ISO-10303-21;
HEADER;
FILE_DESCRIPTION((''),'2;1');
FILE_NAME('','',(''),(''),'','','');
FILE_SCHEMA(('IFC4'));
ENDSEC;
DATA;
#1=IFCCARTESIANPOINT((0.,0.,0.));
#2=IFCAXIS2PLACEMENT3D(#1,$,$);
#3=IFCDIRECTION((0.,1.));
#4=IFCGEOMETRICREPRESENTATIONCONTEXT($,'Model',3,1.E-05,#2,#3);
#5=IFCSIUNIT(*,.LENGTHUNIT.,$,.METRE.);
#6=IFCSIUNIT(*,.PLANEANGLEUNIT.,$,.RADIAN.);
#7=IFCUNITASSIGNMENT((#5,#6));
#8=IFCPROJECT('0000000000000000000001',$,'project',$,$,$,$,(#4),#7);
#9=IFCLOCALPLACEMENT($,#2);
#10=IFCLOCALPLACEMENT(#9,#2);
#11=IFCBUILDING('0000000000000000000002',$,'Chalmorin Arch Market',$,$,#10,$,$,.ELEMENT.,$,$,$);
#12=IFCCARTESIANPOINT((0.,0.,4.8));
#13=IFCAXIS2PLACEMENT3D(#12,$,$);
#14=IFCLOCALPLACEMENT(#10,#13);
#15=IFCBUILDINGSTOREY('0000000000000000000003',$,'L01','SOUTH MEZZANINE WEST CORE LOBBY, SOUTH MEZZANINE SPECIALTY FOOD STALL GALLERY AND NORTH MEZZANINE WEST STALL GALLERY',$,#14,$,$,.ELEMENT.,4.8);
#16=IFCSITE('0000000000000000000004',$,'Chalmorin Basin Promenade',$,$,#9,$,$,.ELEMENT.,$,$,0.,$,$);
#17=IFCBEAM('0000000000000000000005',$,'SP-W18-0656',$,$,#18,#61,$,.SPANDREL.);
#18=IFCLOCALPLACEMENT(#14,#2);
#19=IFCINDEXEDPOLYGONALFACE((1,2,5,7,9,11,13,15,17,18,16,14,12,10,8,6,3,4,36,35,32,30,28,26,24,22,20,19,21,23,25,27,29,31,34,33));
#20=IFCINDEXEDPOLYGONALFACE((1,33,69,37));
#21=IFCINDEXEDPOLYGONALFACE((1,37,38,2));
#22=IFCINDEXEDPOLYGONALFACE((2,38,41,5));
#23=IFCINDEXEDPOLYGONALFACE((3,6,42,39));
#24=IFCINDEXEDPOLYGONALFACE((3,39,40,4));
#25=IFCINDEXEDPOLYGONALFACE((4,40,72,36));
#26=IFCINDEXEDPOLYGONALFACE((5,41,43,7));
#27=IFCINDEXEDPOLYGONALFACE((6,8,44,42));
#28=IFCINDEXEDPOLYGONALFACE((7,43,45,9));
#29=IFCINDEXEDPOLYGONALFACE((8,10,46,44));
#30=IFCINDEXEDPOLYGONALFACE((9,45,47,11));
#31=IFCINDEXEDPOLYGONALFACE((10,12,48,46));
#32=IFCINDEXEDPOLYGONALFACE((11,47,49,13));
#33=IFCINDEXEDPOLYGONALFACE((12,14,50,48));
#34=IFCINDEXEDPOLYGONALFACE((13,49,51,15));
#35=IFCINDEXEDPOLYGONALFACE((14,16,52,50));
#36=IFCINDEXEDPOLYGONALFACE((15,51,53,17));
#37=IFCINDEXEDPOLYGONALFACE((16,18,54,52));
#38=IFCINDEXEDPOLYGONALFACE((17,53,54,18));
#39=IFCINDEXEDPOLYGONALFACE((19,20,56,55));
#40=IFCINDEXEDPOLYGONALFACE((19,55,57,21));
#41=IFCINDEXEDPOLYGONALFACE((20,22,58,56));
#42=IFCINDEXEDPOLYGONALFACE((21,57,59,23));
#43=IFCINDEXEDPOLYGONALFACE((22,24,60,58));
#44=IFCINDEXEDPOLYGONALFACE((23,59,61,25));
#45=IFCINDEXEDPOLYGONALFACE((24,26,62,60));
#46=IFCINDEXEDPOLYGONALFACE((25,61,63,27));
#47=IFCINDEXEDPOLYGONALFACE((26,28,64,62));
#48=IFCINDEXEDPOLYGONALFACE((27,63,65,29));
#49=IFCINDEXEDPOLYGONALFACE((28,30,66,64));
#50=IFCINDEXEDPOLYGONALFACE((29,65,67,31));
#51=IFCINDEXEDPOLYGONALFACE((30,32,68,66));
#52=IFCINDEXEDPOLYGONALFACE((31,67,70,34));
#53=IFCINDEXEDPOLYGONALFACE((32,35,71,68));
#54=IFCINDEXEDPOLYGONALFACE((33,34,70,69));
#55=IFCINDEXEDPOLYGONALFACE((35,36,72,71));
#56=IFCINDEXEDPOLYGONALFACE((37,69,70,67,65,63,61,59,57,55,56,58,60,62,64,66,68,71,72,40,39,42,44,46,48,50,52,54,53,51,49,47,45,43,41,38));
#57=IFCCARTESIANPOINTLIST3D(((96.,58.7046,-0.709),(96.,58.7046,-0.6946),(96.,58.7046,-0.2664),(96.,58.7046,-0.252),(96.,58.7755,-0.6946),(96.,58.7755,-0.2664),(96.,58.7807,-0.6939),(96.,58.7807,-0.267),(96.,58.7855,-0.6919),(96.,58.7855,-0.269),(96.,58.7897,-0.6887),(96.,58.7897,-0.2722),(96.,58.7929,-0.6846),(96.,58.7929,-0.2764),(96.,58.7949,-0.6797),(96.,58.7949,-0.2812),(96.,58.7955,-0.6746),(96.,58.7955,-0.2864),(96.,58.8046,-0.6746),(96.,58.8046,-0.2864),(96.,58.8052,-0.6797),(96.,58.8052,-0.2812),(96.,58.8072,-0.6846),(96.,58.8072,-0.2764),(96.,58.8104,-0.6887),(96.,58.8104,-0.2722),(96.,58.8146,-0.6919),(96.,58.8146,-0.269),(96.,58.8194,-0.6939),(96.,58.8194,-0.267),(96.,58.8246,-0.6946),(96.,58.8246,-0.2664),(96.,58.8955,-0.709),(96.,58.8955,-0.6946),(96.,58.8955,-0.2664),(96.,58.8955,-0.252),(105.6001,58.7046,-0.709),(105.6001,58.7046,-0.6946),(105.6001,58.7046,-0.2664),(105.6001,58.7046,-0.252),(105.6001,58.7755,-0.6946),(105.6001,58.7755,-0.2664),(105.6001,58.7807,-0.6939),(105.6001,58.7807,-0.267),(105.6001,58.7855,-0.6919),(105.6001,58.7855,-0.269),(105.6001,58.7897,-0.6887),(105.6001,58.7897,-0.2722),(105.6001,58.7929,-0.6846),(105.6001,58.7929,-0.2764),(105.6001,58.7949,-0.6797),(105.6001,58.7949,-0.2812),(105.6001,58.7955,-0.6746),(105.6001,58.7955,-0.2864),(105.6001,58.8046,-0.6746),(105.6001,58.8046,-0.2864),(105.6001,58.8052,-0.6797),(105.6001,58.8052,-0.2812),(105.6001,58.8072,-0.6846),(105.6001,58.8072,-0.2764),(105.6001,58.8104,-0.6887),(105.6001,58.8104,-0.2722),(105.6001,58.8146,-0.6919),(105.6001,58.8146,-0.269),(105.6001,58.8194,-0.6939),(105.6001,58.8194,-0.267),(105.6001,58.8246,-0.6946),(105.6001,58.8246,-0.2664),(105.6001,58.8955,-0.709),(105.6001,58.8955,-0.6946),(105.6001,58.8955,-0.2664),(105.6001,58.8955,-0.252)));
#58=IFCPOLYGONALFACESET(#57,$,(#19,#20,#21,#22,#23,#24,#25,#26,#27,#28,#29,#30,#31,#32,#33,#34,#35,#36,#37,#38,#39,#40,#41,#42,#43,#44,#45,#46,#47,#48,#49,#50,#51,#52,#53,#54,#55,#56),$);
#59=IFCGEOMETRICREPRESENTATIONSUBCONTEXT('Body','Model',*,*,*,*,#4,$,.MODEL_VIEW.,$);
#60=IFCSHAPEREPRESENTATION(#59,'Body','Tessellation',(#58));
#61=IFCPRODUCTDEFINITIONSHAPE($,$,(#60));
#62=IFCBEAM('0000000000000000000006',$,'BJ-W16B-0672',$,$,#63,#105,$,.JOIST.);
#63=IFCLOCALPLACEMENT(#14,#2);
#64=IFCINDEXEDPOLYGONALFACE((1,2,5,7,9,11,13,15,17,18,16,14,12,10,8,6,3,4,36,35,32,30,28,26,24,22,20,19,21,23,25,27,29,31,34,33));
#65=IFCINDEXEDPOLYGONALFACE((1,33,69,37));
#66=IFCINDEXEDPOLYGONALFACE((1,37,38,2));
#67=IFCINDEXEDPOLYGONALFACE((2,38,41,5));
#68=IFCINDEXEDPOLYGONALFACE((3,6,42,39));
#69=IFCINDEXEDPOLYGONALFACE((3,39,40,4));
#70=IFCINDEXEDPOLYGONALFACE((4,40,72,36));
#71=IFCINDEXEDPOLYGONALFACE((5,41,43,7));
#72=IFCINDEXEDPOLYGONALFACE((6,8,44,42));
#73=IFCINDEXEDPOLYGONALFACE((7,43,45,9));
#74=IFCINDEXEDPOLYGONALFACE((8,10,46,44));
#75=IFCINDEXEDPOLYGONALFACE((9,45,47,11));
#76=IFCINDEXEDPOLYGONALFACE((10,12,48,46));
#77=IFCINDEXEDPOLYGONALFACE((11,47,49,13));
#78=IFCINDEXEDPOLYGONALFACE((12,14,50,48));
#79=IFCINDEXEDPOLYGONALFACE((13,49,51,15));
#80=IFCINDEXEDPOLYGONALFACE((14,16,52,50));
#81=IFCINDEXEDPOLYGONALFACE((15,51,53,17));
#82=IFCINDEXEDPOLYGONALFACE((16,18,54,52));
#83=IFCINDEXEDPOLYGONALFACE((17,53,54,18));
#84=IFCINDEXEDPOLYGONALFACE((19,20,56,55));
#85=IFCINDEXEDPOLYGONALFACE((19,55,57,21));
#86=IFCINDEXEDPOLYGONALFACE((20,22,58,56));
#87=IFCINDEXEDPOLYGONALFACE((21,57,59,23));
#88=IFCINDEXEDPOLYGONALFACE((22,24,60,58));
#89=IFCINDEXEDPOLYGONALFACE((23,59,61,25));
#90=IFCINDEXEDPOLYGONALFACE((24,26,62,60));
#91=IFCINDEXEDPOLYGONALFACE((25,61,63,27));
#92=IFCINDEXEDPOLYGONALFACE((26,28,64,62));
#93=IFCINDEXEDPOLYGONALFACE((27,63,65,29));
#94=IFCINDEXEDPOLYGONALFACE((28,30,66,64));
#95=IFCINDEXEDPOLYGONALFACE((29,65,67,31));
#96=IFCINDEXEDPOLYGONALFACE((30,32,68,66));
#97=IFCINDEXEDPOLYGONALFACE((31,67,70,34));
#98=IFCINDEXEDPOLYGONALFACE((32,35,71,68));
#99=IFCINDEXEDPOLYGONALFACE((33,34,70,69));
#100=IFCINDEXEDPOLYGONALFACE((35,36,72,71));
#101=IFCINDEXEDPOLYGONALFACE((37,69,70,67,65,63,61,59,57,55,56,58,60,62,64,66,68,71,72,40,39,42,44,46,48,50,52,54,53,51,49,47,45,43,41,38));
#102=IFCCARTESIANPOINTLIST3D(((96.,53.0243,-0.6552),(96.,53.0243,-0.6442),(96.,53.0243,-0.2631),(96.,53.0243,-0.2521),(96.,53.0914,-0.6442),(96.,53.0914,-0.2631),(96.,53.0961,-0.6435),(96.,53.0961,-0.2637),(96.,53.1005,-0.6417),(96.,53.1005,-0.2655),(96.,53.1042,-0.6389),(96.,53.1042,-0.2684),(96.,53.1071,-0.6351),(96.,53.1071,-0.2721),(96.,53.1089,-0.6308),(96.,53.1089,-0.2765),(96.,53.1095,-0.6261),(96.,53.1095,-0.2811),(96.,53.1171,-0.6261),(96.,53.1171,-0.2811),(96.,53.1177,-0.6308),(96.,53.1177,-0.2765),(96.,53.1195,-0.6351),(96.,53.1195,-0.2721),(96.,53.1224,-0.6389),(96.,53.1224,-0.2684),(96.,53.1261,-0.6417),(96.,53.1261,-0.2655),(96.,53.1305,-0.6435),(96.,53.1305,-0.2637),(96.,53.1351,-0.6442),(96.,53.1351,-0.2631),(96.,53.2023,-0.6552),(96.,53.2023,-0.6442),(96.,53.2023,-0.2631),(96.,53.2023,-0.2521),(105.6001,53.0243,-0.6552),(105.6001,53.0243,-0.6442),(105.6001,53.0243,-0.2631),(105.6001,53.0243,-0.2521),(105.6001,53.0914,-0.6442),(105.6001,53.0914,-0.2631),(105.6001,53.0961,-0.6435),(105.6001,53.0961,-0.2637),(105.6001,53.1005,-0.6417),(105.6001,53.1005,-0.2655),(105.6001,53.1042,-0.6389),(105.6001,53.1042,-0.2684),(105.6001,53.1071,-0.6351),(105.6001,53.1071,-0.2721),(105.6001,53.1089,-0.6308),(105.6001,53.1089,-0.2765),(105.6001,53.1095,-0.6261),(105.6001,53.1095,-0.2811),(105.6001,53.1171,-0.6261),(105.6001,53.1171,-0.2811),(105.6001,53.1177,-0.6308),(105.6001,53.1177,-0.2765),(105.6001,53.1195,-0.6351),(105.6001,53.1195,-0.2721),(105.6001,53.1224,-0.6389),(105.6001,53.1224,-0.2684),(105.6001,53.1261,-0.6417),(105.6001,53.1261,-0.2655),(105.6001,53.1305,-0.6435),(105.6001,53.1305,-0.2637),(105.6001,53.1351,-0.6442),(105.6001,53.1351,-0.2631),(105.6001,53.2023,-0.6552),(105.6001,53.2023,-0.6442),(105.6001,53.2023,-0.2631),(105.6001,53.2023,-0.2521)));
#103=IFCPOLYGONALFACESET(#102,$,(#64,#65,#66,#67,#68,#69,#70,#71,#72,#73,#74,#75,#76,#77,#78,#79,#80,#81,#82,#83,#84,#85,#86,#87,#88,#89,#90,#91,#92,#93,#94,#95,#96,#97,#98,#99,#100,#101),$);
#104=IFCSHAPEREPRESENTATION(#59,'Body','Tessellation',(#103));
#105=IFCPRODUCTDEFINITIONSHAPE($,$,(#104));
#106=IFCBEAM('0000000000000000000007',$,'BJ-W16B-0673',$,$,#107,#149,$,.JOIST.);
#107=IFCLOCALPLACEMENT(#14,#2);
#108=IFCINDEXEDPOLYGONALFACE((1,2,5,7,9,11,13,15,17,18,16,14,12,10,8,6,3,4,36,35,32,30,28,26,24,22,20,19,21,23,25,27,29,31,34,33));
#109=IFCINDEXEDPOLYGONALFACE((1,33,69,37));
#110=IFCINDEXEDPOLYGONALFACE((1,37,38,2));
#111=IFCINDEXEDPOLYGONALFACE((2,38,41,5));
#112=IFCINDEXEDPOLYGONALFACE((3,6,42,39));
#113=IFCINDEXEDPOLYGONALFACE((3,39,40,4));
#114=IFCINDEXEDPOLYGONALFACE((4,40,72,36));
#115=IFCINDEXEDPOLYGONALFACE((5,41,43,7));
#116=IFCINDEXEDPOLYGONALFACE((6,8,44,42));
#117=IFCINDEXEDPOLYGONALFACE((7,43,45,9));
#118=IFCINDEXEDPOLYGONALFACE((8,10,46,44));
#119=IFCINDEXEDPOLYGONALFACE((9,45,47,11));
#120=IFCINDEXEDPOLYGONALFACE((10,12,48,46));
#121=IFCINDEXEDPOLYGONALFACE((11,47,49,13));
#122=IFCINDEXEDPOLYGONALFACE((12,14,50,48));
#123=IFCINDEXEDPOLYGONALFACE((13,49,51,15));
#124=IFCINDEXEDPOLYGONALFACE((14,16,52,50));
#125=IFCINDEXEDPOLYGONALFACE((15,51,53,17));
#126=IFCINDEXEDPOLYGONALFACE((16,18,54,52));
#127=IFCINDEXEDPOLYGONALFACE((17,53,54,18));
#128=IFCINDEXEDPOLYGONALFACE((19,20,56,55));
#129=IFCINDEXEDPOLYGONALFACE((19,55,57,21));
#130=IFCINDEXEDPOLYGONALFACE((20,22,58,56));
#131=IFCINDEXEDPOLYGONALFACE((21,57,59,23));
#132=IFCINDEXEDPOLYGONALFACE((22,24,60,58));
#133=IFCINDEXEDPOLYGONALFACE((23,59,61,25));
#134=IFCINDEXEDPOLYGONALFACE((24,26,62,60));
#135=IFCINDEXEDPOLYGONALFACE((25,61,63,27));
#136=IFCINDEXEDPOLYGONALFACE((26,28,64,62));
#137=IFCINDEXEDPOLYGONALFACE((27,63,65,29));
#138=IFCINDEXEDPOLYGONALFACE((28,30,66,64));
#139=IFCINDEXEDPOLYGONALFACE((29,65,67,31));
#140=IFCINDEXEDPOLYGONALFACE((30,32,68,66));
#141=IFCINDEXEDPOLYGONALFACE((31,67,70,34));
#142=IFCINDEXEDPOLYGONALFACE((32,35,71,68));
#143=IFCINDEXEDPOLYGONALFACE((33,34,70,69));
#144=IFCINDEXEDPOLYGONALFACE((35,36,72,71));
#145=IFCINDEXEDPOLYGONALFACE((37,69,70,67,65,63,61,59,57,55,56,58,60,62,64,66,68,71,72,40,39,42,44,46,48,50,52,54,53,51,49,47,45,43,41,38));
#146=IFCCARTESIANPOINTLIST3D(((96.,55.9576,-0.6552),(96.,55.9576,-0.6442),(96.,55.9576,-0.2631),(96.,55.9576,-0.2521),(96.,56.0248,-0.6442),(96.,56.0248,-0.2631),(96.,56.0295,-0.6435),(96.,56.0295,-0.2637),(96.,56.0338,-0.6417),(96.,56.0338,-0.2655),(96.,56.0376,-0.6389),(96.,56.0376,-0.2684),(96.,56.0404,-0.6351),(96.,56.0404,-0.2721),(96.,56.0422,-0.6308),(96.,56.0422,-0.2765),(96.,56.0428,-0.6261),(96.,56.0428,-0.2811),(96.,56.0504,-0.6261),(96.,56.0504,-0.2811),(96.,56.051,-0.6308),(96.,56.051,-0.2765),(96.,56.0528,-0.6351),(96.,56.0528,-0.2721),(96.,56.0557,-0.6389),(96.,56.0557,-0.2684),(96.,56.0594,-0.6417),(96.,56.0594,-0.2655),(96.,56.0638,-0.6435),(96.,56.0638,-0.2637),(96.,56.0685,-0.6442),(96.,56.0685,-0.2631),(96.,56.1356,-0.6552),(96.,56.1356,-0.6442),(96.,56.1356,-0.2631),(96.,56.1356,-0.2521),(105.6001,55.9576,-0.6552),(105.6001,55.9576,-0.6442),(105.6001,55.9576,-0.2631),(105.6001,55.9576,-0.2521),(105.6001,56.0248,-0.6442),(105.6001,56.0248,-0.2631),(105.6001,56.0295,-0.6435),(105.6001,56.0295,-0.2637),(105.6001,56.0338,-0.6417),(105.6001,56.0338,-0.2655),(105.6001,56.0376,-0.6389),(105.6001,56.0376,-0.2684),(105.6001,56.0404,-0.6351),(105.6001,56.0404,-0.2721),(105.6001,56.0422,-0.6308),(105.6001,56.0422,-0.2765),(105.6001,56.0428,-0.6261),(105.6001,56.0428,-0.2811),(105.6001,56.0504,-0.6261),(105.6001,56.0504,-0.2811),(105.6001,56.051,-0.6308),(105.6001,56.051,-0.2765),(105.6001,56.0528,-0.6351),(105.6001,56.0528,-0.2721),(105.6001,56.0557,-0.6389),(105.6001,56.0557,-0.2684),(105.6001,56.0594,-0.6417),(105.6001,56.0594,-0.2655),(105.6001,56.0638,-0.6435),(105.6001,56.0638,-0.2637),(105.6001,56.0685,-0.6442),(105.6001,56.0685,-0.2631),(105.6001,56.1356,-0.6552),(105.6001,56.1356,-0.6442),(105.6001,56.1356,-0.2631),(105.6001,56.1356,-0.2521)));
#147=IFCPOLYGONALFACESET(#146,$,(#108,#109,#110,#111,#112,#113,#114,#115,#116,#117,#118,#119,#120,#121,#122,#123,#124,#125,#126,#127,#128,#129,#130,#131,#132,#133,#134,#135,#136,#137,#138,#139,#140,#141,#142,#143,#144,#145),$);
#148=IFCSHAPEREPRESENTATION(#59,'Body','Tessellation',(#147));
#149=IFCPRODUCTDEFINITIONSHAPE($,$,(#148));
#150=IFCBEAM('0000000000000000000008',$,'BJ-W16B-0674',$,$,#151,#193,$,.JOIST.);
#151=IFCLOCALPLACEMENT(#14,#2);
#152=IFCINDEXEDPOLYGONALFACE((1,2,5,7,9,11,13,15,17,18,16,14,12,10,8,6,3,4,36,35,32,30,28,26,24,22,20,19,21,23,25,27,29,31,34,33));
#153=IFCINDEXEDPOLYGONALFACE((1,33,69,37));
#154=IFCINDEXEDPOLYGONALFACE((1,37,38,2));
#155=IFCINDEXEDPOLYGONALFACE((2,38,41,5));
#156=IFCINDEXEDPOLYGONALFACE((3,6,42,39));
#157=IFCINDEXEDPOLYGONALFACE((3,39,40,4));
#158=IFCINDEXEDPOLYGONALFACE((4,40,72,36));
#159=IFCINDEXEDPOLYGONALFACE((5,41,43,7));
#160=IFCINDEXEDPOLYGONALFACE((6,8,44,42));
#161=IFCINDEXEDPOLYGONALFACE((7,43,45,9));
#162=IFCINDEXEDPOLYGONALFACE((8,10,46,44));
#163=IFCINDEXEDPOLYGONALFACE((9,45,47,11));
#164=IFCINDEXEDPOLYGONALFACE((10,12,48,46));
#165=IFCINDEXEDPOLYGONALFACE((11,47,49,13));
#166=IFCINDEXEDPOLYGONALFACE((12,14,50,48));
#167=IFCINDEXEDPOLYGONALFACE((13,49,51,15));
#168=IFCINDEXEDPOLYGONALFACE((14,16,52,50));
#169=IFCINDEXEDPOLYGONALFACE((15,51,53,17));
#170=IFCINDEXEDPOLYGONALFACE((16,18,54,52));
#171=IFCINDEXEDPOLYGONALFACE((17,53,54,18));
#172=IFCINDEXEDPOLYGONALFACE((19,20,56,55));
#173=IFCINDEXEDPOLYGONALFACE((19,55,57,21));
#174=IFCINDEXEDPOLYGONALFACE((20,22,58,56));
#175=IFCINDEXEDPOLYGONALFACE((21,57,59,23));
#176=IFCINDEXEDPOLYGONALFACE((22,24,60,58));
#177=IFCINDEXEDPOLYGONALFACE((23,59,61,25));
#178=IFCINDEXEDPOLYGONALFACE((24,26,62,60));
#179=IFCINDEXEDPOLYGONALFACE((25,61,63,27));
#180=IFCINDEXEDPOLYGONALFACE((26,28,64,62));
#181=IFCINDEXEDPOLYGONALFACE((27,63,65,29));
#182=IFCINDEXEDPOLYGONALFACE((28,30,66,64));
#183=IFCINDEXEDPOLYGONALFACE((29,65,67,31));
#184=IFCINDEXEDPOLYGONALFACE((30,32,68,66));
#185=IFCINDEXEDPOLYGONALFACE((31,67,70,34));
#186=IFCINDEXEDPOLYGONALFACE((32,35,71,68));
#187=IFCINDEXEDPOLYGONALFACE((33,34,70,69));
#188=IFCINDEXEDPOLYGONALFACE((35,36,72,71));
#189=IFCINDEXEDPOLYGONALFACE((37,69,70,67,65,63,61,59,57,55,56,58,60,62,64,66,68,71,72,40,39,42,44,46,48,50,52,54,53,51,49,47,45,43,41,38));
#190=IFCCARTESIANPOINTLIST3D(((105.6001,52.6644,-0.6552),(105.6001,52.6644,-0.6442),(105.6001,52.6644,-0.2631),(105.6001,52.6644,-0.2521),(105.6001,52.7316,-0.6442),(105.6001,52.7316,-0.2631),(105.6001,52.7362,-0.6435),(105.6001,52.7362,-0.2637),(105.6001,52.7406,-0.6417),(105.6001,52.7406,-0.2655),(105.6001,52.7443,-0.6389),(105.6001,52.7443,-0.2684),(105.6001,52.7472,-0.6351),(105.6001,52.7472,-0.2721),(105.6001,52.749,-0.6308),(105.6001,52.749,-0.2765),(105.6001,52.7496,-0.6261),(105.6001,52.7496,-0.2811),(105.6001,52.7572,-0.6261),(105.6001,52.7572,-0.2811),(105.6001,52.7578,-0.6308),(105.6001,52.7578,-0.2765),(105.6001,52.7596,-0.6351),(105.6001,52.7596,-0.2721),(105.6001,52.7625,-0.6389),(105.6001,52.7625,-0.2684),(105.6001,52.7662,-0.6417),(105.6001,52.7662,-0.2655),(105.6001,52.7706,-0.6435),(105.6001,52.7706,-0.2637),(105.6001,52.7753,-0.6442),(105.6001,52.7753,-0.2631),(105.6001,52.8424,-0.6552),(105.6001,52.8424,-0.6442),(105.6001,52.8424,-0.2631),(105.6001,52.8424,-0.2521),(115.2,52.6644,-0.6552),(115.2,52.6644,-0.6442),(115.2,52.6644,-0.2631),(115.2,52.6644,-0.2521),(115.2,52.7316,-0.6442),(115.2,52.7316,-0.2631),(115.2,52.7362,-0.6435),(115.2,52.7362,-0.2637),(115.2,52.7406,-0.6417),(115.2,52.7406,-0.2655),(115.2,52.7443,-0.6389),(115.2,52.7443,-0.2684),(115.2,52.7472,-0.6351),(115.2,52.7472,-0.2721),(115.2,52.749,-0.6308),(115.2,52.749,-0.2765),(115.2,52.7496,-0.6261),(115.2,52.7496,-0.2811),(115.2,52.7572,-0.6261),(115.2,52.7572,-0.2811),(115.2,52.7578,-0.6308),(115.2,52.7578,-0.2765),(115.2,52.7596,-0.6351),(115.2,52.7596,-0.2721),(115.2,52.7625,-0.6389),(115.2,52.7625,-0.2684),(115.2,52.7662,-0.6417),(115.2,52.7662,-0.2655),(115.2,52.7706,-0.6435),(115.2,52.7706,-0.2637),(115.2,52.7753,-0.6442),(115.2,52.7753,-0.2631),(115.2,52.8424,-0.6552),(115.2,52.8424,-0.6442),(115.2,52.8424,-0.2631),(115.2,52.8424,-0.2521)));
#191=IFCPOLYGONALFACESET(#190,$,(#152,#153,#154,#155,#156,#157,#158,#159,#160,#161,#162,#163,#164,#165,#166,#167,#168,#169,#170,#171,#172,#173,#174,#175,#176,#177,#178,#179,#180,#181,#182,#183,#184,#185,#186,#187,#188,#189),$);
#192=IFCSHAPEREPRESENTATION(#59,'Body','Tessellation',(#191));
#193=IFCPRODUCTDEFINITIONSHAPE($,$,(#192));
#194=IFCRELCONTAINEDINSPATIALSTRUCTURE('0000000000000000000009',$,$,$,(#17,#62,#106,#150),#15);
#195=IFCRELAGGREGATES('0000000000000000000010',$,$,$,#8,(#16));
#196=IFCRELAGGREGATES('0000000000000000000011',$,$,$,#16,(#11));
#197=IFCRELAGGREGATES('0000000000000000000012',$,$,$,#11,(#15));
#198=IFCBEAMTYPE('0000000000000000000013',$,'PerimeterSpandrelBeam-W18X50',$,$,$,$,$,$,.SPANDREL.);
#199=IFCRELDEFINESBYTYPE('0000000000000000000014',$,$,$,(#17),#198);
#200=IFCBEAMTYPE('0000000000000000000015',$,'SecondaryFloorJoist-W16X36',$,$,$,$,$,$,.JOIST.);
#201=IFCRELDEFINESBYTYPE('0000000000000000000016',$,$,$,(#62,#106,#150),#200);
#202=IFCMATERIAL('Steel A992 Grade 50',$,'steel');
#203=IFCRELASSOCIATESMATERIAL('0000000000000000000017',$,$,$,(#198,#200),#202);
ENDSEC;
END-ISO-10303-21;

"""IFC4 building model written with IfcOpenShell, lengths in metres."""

from ifc_helpers import new_model, si_unit, direction, frame, origin, origin_2d, place, context, subcontext, project, spatial, i_section, extrude, material, material_profile, profile_set, type_object, element, save


model = new_model("IFC4")

# Units and contexts
model_context = context("Model", 3, precision=1e-05, world=origin(), true_north=direction((0.0, 1.0)))
body_context = subcontext(model_context, "Body", "Model", "MODEL_VIEW")
ifc_project = project(units=[si_unit("LENGTHUNIT", "METRE"), si_unit("PLANEANGLEUNIT", "RADIAN")], contexts=[model_context])

# Site, building, storey
site_placement = place(None, origin())
site = spatial("IfcSite", under=ifc_project, at=site_placement, Name="Chalmorin Basin Promenade", CompositionType="ELEMENT", RefElevation=0.0)
building_placement = place(site_placement, origin())
building = spatial("IfcBuilding", under=site, at=building_placement, Name="Chalmorin Arch Market", CompositionType="ELEMENT")
storey_placement = place(building_placement, frame((0.0, 0.0, 4.8)))
storey = spatial("IfcBuildingStorey", under=building, at=storey_placement, Name="L01", Description="SOUTH MEZZANINE WEST CORE LOBBY, SOUTH MEZZANINE SPECIALTY FOOD STALL GALLERY AND NORTH MEZZANINE WEST STALL GALLERY", CompositionType="ELEMENT", Elevation=4.8)

# Beams
ifc_material_1 = material(Name="Steel A992 Grade 50", Category="steel")
ifc_material_profile_1 = material_profile(ifc_material_1, i_section(OverallWidth=0.1909, OverallDepth=0.457, WebThickness=0.009, FlangeThickness=0.0144, FilletRadius=0.02, at=origin_2d()), Name="W18X50")
ifc_profile_set_1 = profile_set([ifc_material_profile_1], Name="Steel A992 Grade 50")
beam_type_1 = type_object("IfcBeamType", Name="PerimeterSpandrelBeam-W18X50", PredefinedType="SPANDREL", material=ifc_profile_set_1)
beam_placement = place(storey_placement, frame((96.0, 58.8, -0.4805), z_axis=(1.0, 0.0, 0.0), x_axis=(0.0, 1.0, 0.0)))
element("IfcBeam", 1, at=beam_placement, inside=storey, type_object=beam_type_1, Name="SP-W18-0656", PredefinedType="SPANDREL", context=body_context, shape_type="SweptSolid", body=[
    extrude(i_section(OverallWidth=0.1909, OverallDepth=0.457, WebThickness=0.009, FlangeThickness=0.0144, FilletRadius=0.02, at=origin_2d()), origin(), (0.0, 0.0, 1.0), 9.6001),
])
ifc_material_profile_2 = material_profile(ifc_material_1, i_section(OverallWidth=0.178, OverallDepth=0.4031, WebThickness=0.0076, FlangeThickness=0.011, FilletRadius=0.0181, at=origin_2d()), Name="W16X36")
ifc_profile_set_2 = profile_set([ifc_material_profile_2], Name="Steel A992 Grade 50")
beam_type_2 = type_object("IfcBeamType", Name="SecondaryFloorJoist-W16X36", PredefinedType="JOIST", material=ifc_profile_set_2)
for number, where, z_axis, x_axis, name in (
    (2, (96.0, 53.1133, -0.4536), (1.0, 0.0, 0.0), (0.0, 1.0, 0.0), "BJ-W16B-0672"),
    (3, (96.0, 56.0466, -0.4536), (1.0, 0.0, 0.0), (0.0, 1.0, 0.0), "BJ-W16B-0673"),
):
    element("IfcBeam", number, at=place(storey_placement, frame(where, z_axis=z_axis, x_axis=x_axis)), inside=storey, type_object=beam_type_2, Name=name, PredefinedType="JOIST", context=body_context, shape_type="SweptSolid", body=[
        extrude(i_section(OverallWidth=0.178, OverallDepth=0.4031, WebThickness=0.0076, FlangeThickness=0.011, FilletRadius=0.0181, at=origin_2d()), origin(), (0.0, 0.0, 1.0), 9.6001),
    ])
for number, where, z_axis, x_axis, name in (
    (4, (105.6001, 52.7534, -0.4536), (1.0, 0.0, 0.0), (0.0, 1.0, 0.0), "BJ-W16B-0674"),
):
    element("IfcBeam", number, at=place(storey_placement, frame(where, z_axis=z_axis, x_axis=x_axis)), inside=storey, type_object=beam_type_2, Name=name, PredefinedType="JOIST", context=body_context, shape_type="SweptSolid", body=[
        extrude(i_section(OverallWidth=0.178, OverallDepth=0.4031, WebThickness=0.0076, FlangeThickness=0.011, FilletRadius=0.0181, at=origin_2d()), origin(), (0.0, 0.0, 1.0), 9.5999),
    ])

save(model, "model.ifc")
